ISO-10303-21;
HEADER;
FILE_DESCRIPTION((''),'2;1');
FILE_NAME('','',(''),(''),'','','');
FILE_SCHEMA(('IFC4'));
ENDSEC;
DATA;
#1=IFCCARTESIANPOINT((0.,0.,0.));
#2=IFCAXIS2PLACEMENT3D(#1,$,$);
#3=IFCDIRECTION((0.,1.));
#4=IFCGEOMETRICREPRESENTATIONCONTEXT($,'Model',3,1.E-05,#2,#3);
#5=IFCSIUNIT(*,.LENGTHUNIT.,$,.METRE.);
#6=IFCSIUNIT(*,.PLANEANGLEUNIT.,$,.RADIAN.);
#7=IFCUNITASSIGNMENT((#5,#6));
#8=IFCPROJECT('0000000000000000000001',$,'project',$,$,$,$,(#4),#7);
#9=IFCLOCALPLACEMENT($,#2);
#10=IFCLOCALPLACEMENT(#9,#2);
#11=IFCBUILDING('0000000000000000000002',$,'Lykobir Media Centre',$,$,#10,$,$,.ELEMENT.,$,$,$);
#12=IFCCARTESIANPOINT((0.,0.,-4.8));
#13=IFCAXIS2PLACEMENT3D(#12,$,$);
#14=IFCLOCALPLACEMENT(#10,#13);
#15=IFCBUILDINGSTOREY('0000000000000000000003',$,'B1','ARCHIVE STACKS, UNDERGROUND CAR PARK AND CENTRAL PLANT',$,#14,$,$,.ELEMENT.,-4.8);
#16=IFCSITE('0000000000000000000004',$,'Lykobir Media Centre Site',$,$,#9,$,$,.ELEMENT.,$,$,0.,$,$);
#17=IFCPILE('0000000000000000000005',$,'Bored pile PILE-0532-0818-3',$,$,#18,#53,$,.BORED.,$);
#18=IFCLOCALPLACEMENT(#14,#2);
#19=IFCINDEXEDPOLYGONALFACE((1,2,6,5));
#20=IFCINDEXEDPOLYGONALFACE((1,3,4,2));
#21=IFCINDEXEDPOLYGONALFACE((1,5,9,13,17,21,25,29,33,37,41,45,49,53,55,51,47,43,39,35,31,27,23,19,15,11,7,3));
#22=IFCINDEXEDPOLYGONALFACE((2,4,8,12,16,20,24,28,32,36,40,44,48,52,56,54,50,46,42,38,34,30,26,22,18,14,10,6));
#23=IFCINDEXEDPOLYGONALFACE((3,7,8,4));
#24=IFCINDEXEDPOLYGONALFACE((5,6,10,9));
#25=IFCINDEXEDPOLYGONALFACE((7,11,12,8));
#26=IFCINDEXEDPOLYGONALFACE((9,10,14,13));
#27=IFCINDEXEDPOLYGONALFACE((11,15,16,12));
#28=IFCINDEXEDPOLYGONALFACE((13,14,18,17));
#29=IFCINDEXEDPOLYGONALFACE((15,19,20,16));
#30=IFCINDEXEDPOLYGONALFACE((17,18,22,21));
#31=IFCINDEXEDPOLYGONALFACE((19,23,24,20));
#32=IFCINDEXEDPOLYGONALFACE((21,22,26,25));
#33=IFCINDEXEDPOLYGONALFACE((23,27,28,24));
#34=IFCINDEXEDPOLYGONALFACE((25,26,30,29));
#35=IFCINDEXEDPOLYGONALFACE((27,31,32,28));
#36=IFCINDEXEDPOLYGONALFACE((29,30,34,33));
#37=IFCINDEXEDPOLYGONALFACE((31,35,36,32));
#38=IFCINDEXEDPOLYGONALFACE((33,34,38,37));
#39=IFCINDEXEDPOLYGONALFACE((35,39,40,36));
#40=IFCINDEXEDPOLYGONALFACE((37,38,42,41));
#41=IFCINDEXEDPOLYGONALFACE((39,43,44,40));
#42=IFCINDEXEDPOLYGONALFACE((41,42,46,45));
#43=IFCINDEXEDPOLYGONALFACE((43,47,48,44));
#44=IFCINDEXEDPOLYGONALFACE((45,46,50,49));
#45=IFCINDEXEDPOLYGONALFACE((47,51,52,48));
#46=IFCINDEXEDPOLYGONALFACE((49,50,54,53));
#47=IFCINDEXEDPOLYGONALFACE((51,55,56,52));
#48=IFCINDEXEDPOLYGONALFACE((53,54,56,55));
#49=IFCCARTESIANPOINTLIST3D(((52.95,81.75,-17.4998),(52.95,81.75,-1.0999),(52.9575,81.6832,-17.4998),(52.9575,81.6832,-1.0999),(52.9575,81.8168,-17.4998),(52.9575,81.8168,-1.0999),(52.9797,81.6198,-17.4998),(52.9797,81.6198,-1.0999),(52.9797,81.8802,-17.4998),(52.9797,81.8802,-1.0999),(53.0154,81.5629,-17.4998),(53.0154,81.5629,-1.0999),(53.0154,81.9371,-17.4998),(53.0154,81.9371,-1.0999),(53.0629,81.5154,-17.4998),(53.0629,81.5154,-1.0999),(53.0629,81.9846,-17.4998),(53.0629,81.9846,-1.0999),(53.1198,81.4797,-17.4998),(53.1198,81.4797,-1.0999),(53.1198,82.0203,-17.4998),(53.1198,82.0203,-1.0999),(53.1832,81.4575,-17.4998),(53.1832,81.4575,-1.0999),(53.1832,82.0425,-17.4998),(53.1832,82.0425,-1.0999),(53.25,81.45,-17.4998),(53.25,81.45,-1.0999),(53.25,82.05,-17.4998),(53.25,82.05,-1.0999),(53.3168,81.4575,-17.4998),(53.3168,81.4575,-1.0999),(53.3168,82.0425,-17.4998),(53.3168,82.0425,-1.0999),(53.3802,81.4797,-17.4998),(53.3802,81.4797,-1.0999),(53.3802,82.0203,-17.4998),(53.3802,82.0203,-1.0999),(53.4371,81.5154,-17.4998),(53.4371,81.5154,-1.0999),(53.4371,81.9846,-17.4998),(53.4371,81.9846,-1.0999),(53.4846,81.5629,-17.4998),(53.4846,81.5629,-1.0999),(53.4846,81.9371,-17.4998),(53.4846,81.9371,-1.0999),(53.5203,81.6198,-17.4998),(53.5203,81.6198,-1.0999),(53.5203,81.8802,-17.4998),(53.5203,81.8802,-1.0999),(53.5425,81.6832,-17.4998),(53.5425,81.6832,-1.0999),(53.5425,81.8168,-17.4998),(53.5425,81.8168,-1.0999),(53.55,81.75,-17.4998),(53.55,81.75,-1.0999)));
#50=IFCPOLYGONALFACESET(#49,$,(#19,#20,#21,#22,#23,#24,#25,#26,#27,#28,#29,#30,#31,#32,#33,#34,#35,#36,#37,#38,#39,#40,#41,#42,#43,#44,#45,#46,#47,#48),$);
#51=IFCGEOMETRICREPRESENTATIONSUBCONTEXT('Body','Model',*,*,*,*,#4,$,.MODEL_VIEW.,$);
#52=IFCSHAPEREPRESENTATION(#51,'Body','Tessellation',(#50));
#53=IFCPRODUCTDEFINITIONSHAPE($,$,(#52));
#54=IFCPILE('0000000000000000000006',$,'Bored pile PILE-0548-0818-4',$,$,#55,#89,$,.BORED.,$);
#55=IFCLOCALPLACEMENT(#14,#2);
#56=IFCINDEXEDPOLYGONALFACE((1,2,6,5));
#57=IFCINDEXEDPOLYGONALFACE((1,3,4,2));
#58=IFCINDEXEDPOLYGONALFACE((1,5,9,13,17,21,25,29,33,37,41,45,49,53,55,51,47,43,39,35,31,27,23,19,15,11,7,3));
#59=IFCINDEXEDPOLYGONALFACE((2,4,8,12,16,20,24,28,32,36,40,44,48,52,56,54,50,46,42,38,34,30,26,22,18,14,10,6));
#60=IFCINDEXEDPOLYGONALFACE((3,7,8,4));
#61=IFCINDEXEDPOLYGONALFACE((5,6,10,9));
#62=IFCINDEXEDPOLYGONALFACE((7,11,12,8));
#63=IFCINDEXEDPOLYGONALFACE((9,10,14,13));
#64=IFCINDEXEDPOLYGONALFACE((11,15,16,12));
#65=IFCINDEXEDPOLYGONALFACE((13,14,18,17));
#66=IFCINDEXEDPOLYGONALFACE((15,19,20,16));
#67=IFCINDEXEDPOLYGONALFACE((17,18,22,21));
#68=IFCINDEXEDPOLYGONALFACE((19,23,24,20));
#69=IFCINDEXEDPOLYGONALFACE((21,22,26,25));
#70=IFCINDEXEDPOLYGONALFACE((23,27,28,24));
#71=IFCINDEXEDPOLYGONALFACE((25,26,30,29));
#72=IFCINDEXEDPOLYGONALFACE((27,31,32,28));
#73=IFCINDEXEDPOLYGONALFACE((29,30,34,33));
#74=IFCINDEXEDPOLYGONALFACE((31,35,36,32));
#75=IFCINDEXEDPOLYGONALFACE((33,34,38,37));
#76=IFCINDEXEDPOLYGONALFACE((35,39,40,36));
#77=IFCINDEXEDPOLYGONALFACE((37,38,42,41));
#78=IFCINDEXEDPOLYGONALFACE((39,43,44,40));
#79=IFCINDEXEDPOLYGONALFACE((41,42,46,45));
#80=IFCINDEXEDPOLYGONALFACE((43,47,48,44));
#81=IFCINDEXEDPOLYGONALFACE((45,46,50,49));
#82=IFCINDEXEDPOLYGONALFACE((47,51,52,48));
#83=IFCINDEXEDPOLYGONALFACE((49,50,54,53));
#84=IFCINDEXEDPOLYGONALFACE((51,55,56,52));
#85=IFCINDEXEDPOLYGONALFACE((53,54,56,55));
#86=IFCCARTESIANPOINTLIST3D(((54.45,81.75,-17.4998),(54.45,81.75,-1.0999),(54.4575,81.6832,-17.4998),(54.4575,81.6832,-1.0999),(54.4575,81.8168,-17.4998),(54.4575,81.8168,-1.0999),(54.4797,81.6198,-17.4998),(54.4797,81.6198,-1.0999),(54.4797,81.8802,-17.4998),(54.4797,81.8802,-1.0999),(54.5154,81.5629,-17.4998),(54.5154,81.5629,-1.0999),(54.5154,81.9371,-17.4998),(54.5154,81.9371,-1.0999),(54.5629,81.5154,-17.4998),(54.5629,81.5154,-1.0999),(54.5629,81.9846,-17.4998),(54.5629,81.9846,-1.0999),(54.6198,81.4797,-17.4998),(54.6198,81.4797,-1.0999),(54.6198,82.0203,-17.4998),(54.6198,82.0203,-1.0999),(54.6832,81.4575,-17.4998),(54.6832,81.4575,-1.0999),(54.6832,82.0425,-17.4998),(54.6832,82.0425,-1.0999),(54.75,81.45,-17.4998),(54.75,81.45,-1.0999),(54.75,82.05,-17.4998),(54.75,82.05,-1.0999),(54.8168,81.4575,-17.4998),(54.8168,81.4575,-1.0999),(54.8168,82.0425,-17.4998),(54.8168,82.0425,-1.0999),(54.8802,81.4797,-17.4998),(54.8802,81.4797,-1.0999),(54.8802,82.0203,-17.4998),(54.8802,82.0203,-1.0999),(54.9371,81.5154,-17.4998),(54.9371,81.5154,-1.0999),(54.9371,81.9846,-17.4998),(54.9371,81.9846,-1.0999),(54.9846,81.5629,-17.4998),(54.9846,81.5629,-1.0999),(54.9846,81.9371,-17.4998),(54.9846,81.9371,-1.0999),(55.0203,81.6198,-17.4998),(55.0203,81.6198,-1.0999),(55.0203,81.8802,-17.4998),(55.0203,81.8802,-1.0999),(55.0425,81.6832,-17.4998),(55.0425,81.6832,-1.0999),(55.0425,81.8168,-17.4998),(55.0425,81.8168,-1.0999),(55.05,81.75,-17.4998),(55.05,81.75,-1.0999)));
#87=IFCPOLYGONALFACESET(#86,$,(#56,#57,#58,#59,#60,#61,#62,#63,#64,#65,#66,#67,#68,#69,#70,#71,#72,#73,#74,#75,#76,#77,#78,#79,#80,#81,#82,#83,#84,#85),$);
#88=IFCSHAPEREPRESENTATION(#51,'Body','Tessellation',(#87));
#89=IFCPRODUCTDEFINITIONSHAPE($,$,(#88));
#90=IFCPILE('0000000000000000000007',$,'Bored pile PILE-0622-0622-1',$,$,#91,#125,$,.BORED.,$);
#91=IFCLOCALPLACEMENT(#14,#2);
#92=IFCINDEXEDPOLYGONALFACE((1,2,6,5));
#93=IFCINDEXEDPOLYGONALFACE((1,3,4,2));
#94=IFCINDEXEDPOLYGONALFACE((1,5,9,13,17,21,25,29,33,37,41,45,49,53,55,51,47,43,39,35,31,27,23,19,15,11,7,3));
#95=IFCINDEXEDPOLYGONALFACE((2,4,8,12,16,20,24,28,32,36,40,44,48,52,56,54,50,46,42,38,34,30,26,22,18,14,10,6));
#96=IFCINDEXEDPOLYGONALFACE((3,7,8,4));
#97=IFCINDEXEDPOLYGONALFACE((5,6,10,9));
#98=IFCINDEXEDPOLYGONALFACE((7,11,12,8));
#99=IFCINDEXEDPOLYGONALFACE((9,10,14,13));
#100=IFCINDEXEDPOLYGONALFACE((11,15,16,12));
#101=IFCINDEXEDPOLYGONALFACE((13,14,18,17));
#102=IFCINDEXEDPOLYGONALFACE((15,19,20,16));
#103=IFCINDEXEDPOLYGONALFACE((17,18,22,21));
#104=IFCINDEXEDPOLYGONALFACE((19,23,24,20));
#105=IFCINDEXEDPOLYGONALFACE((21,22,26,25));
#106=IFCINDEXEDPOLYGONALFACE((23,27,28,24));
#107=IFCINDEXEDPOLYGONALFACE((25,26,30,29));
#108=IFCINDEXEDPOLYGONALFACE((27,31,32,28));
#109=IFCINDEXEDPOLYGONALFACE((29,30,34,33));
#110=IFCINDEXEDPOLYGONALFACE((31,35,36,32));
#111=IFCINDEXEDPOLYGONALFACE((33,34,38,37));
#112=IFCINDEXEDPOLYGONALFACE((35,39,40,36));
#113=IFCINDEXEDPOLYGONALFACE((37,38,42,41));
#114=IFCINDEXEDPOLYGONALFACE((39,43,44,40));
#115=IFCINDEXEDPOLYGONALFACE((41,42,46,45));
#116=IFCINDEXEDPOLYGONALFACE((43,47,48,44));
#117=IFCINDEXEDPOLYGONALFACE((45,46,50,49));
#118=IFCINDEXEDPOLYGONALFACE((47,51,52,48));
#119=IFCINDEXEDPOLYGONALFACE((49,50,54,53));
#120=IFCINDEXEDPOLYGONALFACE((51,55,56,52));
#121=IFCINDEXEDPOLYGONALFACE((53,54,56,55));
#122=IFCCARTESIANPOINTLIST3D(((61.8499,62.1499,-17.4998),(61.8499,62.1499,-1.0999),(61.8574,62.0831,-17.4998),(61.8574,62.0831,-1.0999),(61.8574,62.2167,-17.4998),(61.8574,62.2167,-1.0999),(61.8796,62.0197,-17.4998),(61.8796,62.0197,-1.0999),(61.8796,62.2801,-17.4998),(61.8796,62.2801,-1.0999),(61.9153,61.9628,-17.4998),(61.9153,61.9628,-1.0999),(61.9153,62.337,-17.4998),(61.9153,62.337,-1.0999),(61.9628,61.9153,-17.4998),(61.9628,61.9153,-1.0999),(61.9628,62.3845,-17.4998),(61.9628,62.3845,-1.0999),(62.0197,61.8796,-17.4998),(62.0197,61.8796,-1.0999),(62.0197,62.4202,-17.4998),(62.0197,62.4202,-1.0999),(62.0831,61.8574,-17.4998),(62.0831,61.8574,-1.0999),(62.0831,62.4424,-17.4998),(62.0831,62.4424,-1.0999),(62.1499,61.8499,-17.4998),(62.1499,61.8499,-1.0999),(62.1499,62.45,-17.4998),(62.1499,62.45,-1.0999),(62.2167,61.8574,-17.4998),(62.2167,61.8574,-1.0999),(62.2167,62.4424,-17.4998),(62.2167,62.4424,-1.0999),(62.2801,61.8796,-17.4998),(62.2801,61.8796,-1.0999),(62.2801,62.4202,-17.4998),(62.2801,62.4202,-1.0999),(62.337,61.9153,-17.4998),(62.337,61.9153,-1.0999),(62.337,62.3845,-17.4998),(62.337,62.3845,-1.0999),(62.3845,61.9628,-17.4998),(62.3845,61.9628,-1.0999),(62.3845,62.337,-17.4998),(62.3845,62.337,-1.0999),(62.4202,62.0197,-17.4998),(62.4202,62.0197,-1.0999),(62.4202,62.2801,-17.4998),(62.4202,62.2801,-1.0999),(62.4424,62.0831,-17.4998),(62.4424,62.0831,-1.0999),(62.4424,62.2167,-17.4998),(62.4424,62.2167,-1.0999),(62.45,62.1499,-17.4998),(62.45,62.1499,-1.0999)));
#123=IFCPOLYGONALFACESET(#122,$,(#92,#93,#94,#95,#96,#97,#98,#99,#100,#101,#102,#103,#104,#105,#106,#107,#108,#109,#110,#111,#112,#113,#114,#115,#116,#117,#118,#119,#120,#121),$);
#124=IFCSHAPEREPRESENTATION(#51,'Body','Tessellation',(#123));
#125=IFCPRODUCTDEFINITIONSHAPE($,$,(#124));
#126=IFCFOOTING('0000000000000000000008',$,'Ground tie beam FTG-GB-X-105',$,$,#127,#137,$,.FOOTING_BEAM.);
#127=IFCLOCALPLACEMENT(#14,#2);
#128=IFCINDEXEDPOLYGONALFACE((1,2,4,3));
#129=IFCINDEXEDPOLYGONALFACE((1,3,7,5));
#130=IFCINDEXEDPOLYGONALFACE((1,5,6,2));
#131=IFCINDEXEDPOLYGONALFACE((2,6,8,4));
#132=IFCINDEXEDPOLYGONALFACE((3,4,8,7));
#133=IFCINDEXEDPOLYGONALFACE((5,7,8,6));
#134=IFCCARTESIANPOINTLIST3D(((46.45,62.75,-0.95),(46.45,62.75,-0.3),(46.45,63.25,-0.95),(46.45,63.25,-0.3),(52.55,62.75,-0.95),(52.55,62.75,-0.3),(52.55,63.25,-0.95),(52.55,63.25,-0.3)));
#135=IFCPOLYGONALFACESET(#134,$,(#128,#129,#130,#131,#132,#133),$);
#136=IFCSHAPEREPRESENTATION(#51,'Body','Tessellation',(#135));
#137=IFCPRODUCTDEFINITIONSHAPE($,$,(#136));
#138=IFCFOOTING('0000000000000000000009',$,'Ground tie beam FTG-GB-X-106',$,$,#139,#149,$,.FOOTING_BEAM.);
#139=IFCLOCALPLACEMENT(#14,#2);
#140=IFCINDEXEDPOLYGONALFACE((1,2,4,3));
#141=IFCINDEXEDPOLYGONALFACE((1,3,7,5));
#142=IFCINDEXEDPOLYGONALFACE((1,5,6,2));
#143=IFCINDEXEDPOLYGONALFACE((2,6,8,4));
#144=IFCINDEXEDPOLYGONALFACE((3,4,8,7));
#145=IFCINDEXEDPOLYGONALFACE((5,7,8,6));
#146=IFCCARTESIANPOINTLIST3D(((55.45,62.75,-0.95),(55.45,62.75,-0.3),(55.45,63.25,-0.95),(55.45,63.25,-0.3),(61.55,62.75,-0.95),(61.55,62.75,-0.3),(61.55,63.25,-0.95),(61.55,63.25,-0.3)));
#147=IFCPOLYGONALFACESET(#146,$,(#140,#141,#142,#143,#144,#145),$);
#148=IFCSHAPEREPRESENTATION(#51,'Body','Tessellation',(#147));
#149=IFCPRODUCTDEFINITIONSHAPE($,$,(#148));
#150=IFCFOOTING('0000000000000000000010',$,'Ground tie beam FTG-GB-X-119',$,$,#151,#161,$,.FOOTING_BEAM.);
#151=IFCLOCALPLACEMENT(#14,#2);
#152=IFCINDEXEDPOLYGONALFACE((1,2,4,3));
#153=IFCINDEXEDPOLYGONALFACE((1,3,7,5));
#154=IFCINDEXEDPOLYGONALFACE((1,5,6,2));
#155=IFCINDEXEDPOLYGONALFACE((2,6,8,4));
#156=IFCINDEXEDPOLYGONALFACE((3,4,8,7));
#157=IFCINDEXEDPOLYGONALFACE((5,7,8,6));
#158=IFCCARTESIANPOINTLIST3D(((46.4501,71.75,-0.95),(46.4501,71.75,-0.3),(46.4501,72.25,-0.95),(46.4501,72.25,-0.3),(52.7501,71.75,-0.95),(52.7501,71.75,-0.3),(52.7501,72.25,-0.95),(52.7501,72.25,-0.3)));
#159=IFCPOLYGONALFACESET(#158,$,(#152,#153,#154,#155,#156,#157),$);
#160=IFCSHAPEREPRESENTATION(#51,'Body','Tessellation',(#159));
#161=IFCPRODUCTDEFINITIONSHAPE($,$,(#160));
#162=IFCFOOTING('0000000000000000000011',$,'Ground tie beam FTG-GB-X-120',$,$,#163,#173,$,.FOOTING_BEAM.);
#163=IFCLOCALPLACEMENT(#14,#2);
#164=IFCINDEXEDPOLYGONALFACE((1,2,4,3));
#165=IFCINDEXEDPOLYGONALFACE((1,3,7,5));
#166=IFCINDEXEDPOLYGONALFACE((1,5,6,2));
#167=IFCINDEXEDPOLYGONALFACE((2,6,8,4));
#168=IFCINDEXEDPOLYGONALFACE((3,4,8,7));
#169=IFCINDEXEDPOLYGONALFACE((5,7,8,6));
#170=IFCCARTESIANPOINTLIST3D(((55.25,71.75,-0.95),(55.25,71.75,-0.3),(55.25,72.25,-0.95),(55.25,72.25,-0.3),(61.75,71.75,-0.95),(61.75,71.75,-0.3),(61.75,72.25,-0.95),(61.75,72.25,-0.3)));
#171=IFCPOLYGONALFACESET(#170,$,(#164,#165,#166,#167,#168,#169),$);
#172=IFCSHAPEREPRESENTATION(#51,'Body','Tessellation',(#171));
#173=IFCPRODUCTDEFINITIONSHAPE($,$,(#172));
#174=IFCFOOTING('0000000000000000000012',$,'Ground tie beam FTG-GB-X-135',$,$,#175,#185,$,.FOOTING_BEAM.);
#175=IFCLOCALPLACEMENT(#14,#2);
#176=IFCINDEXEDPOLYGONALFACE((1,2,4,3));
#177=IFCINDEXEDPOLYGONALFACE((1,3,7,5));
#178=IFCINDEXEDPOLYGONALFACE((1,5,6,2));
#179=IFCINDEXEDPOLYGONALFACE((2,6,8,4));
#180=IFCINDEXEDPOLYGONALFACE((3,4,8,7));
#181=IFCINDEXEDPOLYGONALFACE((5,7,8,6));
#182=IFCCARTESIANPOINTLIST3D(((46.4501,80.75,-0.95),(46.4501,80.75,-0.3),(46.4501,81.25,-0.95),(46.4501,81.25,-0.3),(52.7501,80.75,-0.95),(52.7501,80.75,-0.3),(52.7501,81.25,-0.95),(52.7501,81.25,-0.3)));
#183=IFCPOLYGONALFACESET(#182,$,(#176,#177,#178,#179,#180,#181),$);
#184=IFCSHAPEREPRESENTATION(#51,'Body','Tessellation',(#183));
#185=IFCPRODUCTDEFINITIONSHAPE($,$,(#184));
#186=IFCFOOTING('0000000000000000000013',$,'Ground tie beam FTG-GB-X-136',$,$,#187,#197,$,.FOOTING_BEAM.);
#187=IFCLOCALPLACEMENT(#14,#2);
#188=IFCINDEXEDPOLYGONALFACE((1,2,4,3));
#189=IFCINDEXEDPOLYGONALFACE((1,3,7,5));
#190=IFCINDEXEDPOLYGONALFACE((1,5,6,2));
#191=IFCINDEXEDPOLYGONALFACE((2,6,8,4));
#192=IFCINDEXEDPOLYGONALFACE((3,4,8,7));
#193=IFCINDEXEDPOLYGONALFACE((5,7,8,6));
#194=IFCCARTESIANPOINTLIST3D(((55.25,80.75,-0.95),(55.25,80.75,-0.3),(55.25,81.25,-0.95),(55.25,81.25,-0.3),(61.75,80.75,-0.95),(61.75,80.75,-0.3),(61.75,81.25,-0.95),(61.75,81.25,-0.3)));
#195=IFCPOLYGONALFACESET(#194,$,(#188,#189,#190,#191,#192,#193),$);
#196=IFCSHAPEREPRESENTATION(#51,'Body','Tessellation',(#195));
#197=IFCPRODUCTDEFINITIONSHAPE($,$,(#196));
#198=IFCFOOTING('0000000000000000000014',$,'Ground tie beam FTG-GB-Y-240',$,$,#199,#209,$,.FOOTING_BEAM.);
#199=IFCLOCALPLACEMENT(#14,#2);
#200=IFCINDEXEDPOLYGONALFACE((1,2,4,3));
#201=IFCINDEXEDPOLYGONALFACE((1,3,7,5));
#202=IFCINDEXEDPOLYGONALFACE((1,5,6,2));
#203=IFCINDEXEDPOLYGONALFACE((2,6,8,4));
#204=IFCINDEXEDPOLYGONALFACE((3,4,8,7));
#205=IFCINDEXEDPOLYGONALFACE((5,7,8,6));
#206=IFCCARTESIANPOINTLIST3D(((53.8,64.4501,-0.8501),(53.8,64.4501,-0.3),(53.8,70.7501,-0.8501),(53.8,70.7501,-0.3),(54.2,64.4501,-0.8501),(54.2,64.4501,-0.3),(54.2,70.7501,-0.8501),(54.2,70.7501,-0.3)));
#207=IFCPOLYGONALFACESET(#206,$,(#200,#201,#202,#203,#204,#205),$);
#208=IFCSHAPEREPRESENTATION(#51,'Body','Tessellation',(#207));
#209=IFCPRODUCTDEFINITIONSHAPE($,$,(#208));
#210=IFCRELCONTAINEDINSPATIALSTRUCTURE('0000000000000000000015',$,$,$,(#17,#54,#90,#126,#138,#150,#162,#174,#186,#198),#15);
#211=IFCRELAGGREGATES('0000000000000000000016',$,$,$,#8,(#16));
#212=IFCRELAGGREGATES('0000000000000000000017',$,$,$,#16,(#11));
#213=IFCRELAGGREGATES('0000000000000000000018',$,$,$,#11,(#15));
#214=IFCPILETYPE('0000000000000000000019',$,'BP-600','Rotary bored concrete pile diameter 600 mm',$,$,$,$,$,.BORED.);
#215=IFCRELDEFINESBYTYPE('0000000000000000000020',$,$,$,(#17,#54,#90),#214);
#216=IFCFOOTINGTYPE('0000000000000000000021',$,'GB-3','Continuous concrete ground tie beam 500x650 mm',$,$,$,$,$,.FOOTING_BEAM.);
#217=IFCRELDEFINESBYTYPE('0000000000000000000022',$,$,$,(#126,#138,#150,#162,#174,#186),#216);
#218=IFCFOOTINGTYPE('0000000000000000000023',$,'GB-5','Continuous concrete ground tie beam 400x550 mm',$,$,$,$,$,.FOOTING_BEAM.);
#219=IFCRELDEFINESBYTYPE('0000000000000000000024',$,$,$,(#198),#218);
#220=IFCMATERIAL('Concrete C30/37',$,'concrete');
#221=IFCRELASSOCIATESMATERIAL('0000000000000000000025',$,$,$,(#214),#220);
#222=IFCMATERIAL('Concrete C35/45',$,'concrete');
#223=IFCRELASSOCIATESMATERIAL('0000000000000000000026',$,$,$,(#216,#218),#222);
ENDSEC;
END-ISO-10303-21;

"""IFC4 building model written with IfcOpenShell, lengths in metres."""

from ifc_helpers import new_model, si_unit, direction, frame, origin, origin_2d, place, context, subcontext, project, spatial, rectangle, circle, extrude, material, material_profile, profile_set, type_object, element, save


model = new_model("IFC4")

# Units and contexts
model_context = context("Model", 3, precision=1e-05, world=origin(), true_north=direction((0.0, 1.0)))
body_context = subcontext(model_context, "Body", "Model", "MODEL_VIEW")
ifc_project = project(units=[si_unit("LENGTHUNIT", "METRE"), si_unit("PLANEANGLEUNIT", "RADIAN")], contexts=[model_context])

# Site, building, storey
site_placement = place(None, origin())
site = spatial("IfcSite", under=ifc_project, at=site_placement, Name="Lykobir Media Centre Site", CompositionType="ELEMENT", RefElevation=0.0)
building_placement = place(site_placement, origin())
building = spatial("IfcBuilding", under=site, at=building_placement, Name="Lykobir Media Centre", CompositionType="ELEMENT")
storey_placement = place(building_placement, frame((0.0, 0.0, -4.8)))
storey = spatial("IfcBuildingStorey", under=building, at=storey_placement, Name="B1", Description="ARCHIVE STACKS, UNDERGROUND CAR PARK AND CENTRAL PLANT", CompositionType="ELEMENT", Elevation=-4.8)

# Piles
ifc_material_1 = material(Name="Concrete C30/37", Category="concrete")
ifc_material_profile_1 = material_profile(ifc_material_1, circle(Radius=0.3, at=origin_2d()), Name="BORED PILE D600")
ifc_profile_set_1 = profile_set([ifc_material_profile_1], Name="Concrete C30/37")
pile_type = type_object("IfcPileType", Name="BP-600", Description="Rotary bored concrete pile diameter 600 mm", PredefinedType="BORED", material=ifc_profile_set_1)
for number, where, z_axis, x_axis, name in (
    (1, (53.25, 81.75, -1.0999), (0.0, 0.0, -1.0), (1.0, 0.0, 0.0), "Bored pile PILE-0532-0818-3"),
    (2, (54.75, 81.75, -1.0999), (0.0, 0.0, -1.0), (1.0, 0.0, 0.0), "Bored pile PILE-0548-0818-4"),
    (3, (62.1499, 62.1499, -1.0999), (0.0, 0.0, -1.0), (1.0, 0.0, 0.0), "Bored pile PILE-0622-0622-1"),
):
    element("IfcPile", number, at=place(storey_placement, frame(where, z_axis=z_axis, x_axis=x_axis)), inside=storey, type_object=pile_type, Name=name, PredefinedType="BORED", context=body_context, shape_type="SweptSolid", body=[
        extrude(circle(Radius=0.3, at=origin_2d()), origin(), (0.0, 0.0, 1.0), 16.3999),
    ])

# Footings
ifc_material_2 = material(Name="Concrete C35/45", Category="concrete")
footing_type_1 = type_object("IfcFootingType", Name="GB-3", Description="Continuous concrete ground tie beam 500x650 mm", PredefinedType="FOOTING_BEAM", material=ifc_material_2)
for number, where, z_axis, x_axis, name in (
    (4, (49.5, 63.0, -0.95), (0.0, 0.0, 1.0), (1.0, 0.0, 0.0), "Ground tie beam FTG-GB-X-105"),
    (5, (58.5, 63.0, -0.95), (0.0, 0.0, 1.0), (1.0, 0.0, 0.0), "Ground tie beam FTG-GB-X-106"),
):
    element("IfcFooting", number, at=place(storey_placement, frame(where, z_axis=z_axis, x_axis=x_axis)), inside=storey, type_object=footing_type_1, Name=name, PredefinedType="FOOTING_BEAM", context=body_context, shape_type="SweptSolid", body=[
        extrude(rectangle(XDim=6.1001, YDim=0.5, at=origin_2d()), origin(), (0.0, 0.0, 1.0), 0.6499),
    ])
footing_1_placement = place(storey_placement, frame((49.6001, 72.0, -0.95), z_axis=(0.0, 0.0, 1.0), x_axis=(1.0, 0.0, 0.0)))
element("IfcFooting", 6, at=footing_1_placement, inside=storey, type_object=footing_type_1, Name="Ground tie beam FTG-GB-X-119", PredefinedType="FOOTING_BEAM", context=body_context, shape_type="SweptSolid", body=[
    extrude(rectangle(XDim=6.3, YDim=0.5, at=origin_2d()), origin(), (0.0, 0.0, 1.0), 0.6499),
])
footing_2_placement = place(storey_placement, frame((58.5, 72.0, -0.95), z_axis=(0.0, 0.0, 1.0), x_axis=(1.0, 0.0, 0.0)))
element("IfcFooting", 7, at=footing_2_placement, inside=storey, type_object=footing_type_1, Name="Ground tie beam FTG-GB-X-120", PredefinedType="FOOTING_BEAM", context=body_context, shape_type="SweptSolid", body=[
    extrude(rectangle(XDim=6.5, YDim=0.5, at=origin_2d()), origin(), (0.0, 0.0, 1.0), 0.6499),
])
footing_3_placement = place(storey_placement, frame((49.6001, 81.0, -0.95), z_axis=(0.0, 0.0, 1.0), x_axis=(1.0, 0.0, 0.0)))
element("IfcFooting", 8, at=footing_3_placement, inside=storey, type_object=footing_type_1, Name="Ground tie beam FTG-GB-X-135", PredefinedType="FOOTING_BEAM", context=body_context, shape_type="SweptSolid", body=[
    extrude(rectangle(XDim=6.3, YDim=0.5, at=origin_2d()), origin(), (0.0, 0.0, 1.0), 0.6499),
])
footing_4_placement = place(storey_placement, frame((58.5, 81.0, -0.95), z_axis=(0.0, 0.0, 1.0), x_axis=(1.0, 0.0, 0.0)))
element("IfcFooting", 9, at=footing_4_placement, inside=storey, type_object=footing_type_1, Name="Ground tie beam FTG-GB-X-136", PredefinedType="FOOTING_BEAM", context=body_context, shape_type="SweptSolid", body=[
    extrude(rectangle(XDim=6.5, YDim=0.5, at=origin_2d()), origin(), (0.0, 0.0, 1.0), 0.6499),
])
footing_type_2 = type_object("IfcFootingType", Name="GB-5", Description="Continuous concrete ground tie beam 400x550 mm", PredefinedType="FOOTING_BEAM", material=ifc_material_2)
footing_5_placement = place(storey_placement, frame((54.0, 67.6001, -0.8501), z_axis=(0.0, 0.0, 1.0), x_axis=(0.0, 1.0, 0.0)))
element("IfcFooting", 10, at=footing_5_placement, inside=storey, type_object=footing_type_2, Name="Ground tie beam FTG-GB-Y-240", PredefinedType="FOOTING_BEAM", context=body_context, shape_type="SweptSolid", body=[
    extrude(rectangle(XDim=6.3, YDim=0.3999, at=origin_2d()), origin(), (0.0, 0.0, 1.0), 0.55),
])

save(model, "model.ifc")
